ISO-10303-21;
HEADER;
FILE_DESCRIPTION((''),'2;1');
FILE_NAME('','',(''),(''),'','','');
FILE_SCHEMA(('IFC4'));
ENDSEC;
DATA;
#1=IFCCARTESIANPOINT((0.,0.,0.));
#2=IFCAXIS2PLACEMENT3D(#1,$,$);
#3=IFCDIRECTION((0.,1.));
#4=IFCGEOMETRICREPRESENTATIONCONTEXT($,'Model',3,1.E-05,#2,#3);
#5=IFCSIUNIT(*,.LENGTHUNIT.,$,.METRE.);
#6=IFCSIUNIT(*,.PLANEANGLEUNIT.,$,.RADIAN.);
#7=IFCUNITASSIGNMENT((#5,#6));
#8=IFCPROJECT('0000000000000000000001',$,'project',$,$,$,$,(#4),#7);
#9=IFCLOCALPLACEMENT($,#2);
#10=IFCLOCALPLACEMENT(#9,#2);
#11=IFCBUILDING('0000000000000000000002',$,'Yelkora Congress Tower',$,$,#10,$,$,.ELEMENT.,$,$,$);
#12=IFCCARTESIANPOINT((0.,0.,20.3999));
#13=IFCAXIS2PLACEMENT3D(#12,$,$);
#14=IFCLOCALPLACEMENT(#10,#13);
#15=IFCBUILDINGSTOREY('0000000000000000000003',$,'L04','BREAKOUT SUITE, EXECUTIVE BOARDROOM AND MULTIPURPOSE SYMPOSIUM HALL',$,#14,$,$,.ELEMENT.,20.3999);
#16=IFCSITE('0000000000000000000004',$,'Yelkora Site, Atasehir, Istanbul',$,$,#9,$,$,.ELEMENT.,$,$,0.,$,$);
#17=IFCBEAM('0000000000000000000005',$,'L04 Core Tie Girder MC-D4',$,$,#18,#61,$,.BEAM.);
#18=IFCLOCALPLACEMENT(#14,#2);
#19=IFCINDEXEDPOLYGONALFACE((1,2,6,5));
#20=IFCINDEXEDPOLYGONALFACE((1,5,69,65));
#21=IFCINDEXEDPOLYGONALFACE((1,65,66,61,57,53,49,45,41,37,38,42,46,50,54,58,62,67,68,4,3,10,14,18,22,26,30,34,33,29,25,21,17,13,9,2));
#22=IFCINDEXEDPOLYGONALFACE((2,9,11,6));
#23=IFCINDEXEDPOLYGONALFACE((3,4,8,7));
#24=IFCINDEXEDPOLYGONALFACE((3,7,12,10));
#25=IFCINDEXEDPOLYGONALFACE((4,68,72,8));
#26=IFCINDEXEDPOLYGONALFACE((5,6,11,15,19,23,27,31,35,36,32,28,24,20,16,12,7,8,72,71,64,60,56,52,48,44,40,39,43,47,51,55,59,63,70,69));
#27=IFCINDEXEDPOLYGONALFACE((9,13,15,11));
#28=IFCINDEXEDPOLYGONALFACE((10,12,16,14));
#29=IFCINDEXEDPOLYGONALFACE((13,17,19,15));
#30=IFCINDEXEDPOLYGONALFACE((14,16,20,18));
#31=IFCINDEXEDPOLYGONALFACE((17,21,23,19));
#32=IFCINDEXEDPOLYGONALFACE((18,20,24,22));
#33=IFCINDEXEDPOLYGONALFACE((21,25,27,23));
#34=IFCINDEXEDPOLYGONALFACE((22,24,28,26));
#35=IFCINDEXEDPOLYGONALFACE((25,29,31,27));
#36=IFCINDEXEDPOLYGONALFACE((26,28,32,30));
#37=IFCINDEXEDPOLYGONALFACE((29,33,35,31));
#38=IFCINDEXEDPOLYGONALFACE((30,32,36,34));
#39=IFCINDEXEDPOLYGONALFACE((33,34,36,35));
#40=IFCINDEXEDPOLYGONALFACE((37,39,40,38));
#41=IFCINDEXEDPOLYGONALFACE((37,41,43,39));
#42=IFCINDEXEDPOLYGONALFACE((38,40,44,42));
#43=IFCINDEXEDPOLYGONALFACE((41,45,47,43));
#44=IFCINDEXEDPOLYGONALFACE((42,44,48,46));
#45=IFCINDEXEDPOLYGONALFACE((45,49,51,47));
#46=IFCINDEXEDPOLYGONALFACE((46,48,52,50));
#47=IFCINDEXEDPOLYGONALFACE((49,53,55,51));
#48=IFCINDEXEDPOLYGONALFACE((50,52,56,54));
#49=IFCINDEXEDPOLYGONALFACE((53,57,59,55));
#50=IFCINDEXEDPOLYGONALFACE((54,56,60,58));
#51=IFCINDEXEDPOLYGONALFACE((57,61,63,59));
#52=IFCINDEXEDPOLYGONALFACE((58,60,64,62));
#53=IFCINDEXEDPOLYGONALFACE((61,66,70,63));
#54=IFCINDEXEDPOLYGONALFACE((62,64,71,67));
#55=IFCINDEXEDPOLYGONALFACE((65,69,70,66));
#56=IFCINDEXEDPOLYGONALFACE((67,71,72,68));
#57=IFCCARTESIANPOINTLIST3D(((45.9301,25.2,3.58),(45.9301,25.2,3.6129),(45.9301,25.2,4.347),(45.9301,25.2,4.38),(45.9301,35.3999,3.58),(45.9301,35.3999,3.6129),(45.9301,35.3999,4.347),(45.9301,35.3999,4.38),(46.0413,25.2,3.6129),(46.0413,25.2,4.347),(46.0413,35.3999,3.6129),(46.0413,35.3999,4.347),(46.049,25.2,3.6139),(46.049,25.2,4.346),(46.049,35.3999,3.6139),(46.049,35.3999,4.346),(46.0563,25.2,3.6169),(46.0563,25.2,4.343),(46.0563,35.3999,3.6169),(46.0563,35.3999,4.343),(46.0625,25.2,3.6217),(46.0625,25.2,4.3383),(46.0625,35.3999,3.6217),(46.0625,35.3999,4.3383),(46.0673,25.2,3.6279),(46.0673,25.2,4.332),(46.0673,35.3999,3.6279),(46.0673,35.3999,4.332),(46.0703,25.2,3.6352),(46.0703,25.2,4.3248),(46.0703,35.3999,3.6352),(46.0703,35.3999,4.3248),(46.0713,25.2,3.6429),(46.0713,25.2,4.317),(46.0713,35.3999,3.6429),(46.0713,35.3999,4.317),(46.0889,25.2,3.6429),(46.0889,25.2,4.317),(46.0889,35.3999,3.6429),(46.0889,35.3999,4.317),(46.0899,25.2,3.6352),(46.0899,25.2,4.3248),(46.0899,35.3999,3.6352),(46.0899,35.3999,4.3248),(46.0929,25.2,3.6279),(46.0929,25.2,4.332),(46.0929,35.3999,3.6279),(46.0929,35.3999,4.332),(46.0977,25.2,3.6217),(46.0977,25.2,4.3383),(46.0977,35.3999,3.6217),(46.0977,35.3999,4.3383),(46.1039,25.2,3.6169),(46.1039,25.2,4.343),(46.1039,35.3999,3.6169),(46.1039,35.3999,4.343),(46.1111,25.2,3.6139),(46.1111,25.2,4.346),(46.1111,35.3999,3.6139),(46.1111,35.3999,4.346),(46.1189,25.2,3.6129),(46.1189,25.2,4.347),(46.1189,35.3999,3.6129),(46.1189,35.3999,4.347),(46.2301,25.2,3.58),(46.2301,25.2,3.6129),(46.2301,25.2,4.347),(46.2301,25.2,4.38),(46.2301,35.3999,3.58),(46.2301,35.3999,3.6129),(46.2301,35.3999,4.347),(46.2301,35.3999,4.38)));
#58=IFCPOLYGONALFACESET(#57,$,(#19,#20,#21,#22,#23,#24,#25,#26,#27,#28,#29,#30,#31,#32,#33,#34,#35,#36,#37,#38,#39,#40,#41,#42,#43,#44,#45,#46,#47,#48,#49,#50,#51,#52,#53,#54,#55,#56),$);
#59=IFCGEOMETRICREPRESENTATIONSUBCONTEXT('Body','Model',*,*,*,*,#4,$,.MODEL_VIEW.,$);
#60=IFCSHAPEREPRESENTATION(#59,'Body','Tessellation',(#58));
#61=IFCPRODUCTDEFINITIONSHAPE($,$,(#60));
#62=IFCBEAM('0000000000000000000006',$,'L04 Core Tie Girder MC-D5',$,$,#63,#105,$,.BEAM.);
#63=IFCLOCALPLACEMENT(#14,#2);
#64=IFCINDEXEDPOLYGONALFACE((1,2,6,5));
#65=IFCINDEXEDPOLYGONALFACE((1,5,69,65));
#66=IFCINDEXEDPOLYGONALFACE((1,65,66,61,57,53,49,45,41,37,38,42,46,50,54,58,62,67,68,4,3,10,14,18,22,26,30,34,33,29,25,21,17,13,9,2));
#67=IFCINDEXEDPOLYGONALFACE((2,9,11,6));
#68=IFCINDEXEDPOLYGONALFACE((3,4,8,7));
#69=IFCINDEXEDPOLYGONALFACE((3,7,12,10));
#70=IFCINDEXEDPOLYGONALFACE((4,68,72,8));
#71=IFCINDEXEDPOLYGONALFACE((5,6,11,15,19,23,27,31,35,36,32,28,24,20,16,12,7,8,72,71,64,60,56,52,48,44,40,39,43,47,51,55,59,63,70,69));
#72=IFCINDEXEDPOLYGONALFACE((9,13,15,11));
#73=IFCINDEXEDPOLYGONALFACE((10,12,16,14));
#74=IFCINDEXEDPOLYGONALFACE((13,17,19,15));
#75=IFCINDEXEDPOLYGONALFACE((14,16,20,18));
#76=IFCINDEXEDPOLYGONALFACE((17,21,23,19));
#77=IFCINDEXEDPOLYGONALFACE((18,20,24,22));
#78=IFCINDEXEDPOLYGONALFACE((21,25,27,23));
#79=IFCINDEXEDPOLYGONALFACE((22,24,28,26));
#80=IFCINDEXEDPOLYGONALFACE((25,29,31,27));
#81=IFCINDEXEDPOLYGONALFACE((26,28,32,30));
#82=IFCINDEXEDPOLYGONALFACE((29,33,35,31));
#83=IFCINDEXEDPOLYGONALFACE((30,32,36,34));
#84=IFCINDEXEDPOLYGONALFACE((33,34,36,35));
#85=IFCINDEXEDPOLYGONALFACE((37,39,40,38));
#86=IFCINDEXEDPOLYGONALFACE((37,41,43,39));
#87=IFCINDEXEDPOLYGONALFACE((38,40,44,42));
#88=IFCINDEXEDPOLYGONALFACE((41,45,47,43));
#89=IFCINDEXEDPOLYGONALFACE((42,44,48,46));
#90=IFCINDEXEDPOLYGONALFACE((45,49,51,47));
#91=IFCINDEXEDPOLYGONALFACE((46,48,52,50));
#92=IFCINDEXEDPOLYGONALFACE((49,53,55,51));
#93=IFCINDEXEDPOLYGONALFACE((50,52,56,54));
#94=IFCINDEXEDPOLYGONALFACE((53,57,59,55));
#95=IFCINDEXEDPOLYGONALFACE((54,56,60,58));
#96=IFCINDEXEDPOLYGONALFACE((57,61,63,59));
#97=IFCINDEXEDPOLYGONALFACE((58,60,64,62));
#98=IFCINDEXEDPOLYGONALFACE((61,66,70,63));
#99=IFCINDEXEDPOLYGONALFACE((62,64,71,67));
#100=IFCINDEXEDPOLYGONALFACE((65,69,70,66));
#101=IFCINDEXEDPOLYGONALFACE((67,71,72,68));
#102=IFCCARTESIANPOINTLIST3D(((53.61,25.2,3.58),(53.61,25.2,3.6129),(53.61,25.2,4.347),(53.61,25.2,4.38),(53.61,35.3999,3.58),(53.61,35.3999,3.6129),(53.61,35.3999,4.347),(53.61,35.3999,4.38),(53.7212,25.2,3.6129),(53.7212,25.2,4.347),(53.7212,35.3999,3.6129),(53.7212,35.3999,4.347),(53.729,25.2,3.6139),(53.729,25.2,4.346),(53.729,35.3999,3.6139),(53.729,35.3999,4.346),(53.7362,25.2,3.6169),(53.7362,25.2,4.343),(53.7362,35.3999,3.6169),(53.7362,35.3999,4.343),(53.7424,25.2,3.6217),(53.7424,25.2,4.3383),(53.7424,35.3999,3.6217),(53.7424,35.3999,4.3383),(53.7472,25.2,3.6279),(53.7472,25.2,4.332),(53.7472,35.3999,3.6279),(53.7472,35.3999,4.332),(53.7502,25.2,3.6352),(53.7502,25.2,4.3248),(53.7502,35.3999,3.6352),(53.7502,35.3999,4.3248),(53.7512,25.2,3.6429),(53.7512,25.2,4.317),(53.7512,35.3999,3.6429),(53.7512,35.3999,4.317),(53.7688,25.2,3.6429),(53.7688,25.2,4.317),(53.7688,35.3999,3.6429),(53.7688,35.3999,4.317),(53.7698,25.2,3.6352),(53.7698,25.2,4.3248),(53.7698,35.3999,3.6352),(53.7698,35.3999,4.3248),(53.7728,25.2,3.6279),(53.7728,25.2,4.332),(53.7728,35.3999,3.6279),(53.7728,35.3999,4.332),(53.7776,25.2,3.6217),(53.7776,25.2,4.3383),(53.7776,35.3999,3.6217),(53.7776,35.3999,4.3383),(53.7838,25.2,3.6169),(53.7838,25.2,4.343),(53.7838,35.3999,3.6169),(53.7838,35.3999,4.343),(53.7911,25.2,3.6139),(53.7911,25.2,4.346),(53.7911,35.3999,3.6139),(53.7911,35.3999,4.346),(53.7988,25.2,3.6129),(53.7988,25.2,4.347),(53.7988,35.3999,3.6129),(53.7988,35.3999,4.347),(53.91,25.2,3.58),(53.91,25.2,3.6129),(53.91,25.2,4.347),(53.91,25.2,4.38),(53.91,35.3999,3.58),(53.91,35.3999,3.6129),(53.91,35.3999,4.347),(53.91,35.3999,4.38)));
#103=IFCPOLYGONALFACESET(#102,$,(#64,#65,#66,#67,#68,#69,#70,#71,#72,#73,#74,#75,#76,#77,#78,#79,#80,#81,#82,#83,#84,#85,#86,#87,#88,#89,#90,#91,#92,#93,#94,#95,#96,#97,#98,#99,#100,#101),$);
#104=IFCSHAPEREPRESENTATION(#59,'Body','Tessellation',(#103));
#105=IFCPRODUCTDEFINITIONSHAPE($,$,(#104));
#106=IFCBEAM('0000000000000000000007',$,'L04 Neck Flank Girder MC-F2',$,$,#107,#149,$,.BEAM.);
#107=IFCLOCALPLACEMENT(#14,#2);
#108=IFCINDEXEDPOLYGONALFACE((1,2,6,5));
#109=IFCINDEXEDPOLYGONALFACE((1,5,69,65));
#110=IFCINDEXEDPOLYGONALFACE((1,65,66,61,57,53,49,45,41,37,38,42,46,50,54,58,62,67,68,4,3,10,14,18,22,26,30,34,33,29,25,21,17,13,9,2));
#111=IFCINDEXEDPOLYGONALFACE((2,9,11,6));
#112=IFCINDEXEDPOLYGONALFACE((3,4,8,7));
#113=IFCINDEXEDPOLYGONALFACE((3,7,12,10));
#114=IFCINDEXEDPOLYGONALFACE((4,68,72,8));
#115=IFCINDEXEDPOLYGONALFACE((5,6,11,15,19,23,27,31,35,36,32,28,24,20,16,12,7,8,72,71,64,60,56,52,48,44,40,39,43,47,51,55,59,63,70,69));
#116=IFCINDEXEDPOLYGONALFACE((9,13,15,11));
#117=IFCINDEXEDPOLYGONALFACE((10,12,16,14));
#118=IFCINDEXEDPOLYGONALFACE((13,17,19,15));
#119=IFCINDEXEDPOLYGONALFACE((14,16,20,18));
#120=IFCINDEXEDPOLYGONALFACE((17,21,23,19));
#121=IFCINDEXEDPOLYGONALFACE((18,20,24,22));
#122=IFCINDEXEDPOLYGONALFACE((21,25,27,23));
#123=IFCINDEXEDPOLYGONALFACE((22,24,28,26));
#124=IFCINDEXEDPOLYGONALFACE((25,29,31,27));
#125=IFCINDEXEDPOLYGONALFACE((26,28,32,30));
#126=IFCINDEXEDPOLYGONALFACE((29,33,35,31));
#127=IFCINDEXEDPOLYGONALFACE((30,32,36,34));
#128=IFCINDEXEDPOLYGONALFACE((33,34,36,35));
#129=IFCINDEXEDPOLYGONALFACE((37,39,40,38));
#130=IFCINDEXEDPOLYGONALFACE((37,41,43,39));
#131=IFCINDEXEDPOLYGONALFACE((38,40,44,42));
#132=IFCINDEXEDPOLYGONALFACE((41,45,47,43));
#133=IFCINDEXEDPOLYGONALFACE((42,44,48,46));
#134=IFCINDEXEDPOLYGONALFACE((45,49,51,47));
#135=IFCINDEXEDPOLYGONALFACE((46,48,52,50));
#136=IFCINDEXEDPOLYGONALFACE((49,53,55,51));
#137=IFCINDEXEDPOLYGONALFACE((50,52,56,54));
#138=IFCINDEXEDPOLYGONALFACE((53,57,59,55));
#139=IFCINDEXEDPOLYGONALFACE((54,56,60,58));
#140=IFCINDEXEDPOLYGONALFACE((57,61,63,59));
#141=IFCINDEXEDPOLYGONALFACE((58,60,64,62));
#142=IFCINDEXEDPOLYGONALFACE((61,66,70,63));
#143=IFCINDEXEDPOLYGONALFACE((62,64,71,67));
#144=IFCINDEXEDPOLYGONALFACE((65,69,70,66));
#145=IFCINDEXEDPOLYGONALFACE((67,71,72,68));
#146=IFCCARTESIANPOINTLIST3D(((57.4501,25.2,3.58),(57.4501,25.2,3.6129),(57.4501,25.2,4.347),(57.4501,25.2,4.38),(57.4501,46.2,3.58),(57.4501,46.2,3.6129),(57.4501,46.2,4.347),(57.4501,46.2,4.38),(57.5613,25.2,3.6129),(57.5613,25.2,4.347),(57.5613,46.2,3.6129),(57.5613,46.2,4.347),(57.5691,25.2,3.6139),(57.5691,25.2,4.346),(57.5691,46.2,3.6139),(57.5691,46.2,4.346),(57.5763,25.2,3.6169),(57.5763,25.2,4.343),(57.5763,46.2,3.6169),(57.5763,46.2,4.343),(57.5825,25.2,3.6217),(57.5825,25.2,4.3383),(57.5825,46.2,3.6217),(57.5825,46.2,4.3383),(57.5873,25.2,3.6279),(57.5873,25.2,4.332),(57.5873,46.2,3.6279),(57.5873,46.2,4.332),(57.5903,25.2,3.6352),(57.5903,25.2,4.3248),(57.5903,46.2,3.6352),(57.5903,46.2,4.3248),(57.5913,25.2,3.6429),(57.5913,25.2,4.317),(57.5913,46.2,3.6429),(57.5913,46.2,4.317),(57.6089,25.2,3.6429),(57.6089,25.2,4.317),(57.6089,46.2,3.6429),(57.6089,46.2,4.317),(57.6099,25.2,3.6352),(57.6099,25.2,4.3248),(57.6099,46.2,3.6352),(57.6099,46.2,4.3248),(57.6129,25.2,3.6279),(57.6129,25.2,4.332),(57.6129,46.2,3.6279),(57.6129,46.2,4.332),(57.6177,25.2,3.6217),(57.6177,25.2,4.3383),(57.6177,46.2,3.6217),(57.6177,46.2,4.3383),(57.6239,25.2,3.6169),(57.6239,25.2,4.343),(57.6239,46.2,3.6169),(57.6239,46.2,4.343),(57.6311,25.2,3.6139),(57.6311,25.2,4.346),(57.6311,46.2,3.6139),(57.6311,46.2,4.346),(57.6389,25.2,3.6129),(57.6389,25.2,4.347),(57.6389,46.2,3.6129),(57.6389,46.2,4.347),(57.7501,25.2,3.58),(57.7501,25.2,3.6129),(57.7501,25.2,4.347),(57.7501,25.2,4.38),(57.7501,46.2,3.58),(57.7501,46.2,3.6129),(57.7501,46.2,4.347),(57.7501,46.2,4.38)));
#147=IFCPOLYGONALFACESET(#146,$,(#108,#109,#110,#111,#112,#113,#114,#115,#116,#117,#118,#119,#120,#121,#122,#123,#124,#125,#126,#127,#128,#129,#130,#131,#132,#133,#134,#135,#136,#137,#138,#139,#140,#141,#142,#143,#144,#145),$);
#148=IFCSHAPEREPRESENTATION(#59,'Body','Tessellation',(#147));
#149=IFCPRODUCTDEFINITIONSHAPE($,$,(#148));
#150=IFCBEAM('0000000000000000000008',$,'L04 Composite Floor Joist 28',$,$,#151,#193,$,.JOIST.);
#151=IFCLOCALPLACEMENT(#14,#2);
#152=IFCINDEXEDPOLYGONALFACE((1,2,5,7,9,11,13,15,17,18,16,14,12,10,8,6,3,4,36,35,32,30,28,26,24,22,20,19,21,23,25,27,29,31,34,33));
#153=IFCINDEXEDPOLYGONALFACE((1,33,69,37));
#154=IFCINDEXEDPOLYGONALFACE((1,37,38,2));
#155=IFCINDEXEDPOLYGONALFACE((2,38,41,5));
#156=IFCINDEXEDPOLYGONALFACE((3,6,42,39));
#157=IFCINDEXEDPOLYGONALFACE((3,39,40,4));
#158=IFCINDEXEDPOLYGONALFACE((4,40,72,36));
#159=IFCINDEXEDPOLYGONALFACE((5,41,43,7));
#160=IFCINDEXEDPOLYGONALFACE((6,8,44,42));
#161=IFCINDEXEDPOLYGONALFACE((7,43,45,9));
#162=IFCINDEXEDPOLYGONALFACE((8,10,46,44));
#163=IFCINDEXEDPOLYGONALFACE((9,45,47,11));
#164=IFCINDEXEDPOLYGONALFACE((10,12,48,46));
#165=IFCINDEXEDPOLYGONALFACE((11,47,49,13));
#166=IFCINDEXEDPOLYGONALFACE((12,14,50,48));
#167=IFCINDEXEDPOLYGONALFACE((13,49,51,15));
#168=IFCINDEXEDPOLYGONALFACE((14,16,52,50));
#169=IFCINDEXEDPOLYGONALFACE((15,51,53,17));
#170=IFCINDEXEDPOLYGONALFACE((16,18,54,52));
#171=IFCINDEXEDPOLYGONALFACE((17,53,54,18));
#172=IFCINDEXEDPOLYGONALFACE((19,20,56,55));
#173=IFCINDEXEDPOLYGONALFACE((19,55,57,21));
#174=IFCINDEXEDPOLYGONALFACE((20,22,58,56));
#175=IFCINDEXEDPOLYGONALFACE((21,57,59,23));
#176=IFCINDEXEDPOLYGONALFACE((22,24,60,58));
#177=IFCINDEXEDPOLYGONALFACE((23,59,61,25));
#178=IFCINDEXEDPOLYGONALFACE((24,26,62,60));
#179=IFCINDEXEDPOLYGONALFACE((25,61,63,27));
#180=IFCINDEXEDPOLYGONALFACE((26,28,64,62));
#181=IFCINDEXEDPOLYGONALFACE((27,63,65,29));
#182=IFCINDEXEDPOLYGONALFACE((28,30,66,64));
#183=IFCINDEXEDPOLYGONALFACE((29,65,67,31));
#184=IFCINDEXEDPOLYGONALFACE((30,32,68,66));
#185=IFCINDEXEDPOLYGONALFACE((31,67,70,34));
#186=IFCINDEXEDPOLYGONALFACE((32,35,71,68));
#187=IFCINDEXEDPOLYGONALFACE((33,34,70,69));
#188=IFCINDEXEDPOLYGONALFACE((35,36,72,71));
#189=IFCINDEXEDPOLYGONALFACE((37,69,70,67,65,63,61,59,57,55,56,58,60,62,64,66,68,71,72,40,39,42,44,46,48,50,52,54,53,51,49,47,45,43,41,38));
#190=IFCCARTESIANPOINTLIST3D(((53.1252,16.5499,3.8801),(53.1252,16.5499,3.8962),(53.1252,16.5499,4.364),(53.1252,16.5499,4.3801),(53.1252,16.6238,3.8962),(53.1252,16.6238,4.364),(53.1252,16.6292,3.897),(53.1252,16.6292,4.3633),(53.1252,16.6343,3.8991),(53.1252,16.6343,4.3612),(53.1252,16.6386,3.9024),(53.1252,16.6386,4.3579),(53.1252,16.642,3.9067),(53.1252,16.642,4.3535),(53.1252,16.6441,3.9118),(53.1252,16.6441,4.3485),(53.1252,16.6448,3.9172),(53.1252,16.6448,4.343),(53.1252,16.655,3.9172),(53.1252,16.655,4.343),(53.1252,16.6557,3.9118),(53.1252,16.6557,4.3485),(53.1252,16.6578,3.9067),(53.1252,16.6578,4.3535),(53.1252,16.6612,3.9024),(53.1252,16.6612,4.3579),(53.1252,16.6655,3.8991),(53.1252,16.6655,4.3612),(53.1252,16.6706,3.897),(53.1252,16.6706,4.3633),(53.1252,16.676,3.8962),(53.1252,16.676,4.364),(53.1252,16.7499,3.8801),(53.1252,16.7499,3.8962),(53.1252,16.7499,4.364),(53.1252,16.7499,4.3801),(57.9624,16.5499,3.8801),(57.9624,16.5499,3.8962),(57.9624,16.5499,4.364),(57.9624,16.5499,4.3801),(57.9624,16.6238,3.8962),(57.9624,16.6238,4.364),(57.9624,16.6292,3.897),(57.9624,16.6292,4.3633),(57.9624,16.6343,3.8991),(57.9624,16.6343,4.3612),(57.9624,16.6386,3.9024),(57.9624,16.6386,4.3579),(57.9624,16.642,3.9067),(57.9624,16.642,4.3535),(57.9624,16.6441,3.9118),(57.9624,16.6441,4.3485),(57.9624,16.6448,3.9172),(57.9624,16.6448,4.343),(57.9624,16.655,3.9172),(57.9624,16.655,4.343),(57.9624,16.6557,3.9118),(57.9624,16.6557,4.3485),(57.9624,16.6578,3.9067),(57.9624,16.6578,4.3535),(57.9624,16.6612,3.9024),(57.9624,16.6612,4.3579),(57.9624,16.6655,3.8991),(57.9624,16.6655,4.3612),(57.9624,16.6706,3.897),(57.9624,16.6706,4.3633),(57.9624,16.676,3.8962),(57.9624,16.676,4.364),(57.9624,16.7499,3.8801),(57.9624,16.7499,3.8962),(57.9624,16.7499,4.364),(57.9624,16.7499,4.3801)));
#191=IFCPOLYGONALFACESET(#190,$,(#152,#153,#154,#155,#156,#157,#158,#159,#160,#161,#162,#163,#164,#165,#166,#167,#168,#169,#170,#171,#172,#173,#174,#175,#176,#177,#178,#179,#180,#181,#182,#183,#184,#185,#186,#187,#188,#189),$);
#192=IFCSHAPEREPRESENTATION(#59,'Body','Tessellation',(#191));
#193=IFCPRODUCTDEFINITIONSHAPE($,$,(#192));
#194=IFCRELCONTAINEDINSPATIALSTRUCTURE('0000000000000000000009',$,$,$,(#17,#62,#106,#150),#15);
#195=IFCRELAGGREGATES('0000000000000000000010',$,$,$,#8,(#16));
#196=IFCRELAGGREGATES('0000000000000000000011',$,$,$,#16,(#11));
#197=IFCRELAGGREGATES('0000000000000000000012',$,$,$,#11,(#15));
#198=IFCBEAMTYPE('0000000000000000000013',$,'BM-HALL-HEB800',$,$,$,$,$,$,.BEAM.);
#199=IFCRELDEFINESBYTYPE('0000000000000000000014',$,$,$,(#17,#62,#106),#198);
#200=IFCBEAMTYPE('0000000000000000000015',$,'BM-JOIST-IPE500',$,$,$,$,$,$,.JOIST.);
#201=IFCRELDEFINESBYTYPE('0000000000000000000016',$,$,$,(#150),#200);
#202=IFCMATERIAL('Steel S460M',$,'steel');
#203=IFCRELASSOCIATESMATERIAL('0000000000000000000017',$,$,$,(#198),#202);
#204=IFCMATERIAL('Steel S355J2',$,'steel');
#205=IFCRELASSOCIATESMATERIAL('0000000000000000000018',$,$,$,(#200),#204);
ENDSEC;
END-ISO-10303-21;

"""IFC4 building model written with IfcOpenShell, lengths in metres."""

from ifc_helpers import new_model, si_unit, direction, frame, origin, origin_2d, place, context, subcontext, project, spatial, i_section, extrude, material, material_profile, profile_set, type_object, element, save


model = new_model("IFC4")

# Units and contexts
model_context = context("Model", 3, precision=1e-05, world=origin(), true_north=direction((0.0, 1.0)))
body_context = subcontext(model_context, "Body", "Model", "MODEL_VIEW")
ifc_project = project(units=[si_unit("LENGTHUNIT", "METRE"), si_unit("PLANEANGLEUNIT", "RADIAN")], contexts=[model_context])

# Site, building, storey
site_placement = place(None, origin())
site = spatial("IfcSite", under=ifc_project, at=site_placement, Name="Yelkora Site, Atasehir, Istanbul", CompositionType="ELEMENT", RefElevation=0.0)
building_placement = place(site_placement, origin())
building = spatial("IfcBuilding", under=site, at=building_placement, Name="Yelkora Congress Tower", CompositionType="ELEMENT")
storey_placement = place(building_placement, frame((0.0, 0.0, 20.3999)))
storey = spatial("IfcBuildingStorey", under=building, at=storey_placement, Name="L04", Description="BREAKOUT SUITE, EXECUTIVE BOARDROOM AND MULTIPURPOSE SYMPOSIUM HALL", CompositionType="ELEMENT", Elevation=20.3999)

# Beams
ifc_material_1 = material(Name="Steel S460M", Category="steel")
ifc_material_profile_1 = material_profile(ifc_material_1, i_section(OverallWidth=0.3, OverallDepth=0.8, WebThickness=0.0176, FlangeThickness=0.033, FilletRadius=0.03, at=origin_2d()), Name="HEB 800")
ifc_profile_set_1 = profile_set([ifc_material_profile_1], Name="Steel S460M")
beam_type_1 = type_object("IfcBeamType", Name="BM-HALL-HEB800", PredefinedType="BEAM", material=ifc_profile_set_1)
for number, where, z_axis, x_axis, name in (
    (1, (46.0801, 25.2, 3.98), (0.0, 1.0, 0.0), (-1.0, 0.0, 0.0), "L04 Core Tie Girder MC-D4"),
    (2, (53.76, 25.2, 3.98), (0.0, 1.0, 0.0), (-1.0, 0.0, 0.0), "L04 Core Tie Girder MC-D5"),
):
    element("IfcBeam", number, at=place(storey_placement, frame(where, z_axis=z_axis, x_axis=x_axis)), inside=storey, type_object=beam_type_1, Name=name, PredefinedType="BEAM", context=body_context, shape_type="SweptSolid", body=[
        extrude(i_section(OverallWidth=0.3, OverallDepth=0.8, WebThickness=0.0176, FlangeThickness=0.033, FilletRadius=0.03, at=origin_2d()), origin(), (0.0, 0.0, 1.0), 10.2),
    ])
beam_1_placement = place(storey_placement, frame((57.6001, 25.2, 3.98), z_axis=(0.0, 1.0, 0.0), x_axis=(-1.0, 0.0, 0.0)))
element("IfcBeam", 3, at=beam_1_placement, inside=storey, type_object=beam_type_1, Name="L04 Neck Flank Girder MC-F2", PredefinedType="BEAM", context=body_context, shape_type="SweptSolid", body=[
    extrude(i_section(OverallWidth=0.3, OverallDepth=0.8, WebThickness=0.0176, FlangeThickness=0.033, FilletRadius=0.03, at=origin_2d()), origin(), (0.0, 0.0, 1.0), 21.0),
])
ifc_material_2 = material(Name="Steel S355J2", Category="steel")
ifc_material_profile_2 = material_profile(ifc_material_2, i_section(OverallWidth=0.2, OverallDepth=0.5, WebThickness=0.0103, FlangeThickness=0.0161, FilletRadius=0.021, at=origin_2d()), Name="IPE 500")
ifc_profile_set_2 = profile_set([ifc_material_profile_2], Name="Steel S355J2")
beam_type_2 = type_object("IfcBeamType", Name="BM-JOIST-IPE500", PredefinedType="JOIST", material=ifc_profile_set_2)
beam_2_placement = place(storey_placement, frame((53.1252, 16.6499, 4.1301), z_axis=(1.0, 0.0, 0.0), x_axis=(0.0, 1.0, 0.0)))
element("IfcBeam", 4, at=beam_2_placement, inside=storey, type_object=beam_type_2, Name="L04 Composite Floor Joist 28", PredefinedType="JOIST", context=body_context, shape_type="SweptSolid", body=[
    extrude(i_section(OverallWidth=0.2, OverallDepth=0.5, WebThickness=0.0103, FlangeThickness=0.0161, FilletRadius=0.021, at=origin_2d()), origin(), (0.0, 0.0, 1.0), 4.8372),
])

save(model, "model.ifc")
